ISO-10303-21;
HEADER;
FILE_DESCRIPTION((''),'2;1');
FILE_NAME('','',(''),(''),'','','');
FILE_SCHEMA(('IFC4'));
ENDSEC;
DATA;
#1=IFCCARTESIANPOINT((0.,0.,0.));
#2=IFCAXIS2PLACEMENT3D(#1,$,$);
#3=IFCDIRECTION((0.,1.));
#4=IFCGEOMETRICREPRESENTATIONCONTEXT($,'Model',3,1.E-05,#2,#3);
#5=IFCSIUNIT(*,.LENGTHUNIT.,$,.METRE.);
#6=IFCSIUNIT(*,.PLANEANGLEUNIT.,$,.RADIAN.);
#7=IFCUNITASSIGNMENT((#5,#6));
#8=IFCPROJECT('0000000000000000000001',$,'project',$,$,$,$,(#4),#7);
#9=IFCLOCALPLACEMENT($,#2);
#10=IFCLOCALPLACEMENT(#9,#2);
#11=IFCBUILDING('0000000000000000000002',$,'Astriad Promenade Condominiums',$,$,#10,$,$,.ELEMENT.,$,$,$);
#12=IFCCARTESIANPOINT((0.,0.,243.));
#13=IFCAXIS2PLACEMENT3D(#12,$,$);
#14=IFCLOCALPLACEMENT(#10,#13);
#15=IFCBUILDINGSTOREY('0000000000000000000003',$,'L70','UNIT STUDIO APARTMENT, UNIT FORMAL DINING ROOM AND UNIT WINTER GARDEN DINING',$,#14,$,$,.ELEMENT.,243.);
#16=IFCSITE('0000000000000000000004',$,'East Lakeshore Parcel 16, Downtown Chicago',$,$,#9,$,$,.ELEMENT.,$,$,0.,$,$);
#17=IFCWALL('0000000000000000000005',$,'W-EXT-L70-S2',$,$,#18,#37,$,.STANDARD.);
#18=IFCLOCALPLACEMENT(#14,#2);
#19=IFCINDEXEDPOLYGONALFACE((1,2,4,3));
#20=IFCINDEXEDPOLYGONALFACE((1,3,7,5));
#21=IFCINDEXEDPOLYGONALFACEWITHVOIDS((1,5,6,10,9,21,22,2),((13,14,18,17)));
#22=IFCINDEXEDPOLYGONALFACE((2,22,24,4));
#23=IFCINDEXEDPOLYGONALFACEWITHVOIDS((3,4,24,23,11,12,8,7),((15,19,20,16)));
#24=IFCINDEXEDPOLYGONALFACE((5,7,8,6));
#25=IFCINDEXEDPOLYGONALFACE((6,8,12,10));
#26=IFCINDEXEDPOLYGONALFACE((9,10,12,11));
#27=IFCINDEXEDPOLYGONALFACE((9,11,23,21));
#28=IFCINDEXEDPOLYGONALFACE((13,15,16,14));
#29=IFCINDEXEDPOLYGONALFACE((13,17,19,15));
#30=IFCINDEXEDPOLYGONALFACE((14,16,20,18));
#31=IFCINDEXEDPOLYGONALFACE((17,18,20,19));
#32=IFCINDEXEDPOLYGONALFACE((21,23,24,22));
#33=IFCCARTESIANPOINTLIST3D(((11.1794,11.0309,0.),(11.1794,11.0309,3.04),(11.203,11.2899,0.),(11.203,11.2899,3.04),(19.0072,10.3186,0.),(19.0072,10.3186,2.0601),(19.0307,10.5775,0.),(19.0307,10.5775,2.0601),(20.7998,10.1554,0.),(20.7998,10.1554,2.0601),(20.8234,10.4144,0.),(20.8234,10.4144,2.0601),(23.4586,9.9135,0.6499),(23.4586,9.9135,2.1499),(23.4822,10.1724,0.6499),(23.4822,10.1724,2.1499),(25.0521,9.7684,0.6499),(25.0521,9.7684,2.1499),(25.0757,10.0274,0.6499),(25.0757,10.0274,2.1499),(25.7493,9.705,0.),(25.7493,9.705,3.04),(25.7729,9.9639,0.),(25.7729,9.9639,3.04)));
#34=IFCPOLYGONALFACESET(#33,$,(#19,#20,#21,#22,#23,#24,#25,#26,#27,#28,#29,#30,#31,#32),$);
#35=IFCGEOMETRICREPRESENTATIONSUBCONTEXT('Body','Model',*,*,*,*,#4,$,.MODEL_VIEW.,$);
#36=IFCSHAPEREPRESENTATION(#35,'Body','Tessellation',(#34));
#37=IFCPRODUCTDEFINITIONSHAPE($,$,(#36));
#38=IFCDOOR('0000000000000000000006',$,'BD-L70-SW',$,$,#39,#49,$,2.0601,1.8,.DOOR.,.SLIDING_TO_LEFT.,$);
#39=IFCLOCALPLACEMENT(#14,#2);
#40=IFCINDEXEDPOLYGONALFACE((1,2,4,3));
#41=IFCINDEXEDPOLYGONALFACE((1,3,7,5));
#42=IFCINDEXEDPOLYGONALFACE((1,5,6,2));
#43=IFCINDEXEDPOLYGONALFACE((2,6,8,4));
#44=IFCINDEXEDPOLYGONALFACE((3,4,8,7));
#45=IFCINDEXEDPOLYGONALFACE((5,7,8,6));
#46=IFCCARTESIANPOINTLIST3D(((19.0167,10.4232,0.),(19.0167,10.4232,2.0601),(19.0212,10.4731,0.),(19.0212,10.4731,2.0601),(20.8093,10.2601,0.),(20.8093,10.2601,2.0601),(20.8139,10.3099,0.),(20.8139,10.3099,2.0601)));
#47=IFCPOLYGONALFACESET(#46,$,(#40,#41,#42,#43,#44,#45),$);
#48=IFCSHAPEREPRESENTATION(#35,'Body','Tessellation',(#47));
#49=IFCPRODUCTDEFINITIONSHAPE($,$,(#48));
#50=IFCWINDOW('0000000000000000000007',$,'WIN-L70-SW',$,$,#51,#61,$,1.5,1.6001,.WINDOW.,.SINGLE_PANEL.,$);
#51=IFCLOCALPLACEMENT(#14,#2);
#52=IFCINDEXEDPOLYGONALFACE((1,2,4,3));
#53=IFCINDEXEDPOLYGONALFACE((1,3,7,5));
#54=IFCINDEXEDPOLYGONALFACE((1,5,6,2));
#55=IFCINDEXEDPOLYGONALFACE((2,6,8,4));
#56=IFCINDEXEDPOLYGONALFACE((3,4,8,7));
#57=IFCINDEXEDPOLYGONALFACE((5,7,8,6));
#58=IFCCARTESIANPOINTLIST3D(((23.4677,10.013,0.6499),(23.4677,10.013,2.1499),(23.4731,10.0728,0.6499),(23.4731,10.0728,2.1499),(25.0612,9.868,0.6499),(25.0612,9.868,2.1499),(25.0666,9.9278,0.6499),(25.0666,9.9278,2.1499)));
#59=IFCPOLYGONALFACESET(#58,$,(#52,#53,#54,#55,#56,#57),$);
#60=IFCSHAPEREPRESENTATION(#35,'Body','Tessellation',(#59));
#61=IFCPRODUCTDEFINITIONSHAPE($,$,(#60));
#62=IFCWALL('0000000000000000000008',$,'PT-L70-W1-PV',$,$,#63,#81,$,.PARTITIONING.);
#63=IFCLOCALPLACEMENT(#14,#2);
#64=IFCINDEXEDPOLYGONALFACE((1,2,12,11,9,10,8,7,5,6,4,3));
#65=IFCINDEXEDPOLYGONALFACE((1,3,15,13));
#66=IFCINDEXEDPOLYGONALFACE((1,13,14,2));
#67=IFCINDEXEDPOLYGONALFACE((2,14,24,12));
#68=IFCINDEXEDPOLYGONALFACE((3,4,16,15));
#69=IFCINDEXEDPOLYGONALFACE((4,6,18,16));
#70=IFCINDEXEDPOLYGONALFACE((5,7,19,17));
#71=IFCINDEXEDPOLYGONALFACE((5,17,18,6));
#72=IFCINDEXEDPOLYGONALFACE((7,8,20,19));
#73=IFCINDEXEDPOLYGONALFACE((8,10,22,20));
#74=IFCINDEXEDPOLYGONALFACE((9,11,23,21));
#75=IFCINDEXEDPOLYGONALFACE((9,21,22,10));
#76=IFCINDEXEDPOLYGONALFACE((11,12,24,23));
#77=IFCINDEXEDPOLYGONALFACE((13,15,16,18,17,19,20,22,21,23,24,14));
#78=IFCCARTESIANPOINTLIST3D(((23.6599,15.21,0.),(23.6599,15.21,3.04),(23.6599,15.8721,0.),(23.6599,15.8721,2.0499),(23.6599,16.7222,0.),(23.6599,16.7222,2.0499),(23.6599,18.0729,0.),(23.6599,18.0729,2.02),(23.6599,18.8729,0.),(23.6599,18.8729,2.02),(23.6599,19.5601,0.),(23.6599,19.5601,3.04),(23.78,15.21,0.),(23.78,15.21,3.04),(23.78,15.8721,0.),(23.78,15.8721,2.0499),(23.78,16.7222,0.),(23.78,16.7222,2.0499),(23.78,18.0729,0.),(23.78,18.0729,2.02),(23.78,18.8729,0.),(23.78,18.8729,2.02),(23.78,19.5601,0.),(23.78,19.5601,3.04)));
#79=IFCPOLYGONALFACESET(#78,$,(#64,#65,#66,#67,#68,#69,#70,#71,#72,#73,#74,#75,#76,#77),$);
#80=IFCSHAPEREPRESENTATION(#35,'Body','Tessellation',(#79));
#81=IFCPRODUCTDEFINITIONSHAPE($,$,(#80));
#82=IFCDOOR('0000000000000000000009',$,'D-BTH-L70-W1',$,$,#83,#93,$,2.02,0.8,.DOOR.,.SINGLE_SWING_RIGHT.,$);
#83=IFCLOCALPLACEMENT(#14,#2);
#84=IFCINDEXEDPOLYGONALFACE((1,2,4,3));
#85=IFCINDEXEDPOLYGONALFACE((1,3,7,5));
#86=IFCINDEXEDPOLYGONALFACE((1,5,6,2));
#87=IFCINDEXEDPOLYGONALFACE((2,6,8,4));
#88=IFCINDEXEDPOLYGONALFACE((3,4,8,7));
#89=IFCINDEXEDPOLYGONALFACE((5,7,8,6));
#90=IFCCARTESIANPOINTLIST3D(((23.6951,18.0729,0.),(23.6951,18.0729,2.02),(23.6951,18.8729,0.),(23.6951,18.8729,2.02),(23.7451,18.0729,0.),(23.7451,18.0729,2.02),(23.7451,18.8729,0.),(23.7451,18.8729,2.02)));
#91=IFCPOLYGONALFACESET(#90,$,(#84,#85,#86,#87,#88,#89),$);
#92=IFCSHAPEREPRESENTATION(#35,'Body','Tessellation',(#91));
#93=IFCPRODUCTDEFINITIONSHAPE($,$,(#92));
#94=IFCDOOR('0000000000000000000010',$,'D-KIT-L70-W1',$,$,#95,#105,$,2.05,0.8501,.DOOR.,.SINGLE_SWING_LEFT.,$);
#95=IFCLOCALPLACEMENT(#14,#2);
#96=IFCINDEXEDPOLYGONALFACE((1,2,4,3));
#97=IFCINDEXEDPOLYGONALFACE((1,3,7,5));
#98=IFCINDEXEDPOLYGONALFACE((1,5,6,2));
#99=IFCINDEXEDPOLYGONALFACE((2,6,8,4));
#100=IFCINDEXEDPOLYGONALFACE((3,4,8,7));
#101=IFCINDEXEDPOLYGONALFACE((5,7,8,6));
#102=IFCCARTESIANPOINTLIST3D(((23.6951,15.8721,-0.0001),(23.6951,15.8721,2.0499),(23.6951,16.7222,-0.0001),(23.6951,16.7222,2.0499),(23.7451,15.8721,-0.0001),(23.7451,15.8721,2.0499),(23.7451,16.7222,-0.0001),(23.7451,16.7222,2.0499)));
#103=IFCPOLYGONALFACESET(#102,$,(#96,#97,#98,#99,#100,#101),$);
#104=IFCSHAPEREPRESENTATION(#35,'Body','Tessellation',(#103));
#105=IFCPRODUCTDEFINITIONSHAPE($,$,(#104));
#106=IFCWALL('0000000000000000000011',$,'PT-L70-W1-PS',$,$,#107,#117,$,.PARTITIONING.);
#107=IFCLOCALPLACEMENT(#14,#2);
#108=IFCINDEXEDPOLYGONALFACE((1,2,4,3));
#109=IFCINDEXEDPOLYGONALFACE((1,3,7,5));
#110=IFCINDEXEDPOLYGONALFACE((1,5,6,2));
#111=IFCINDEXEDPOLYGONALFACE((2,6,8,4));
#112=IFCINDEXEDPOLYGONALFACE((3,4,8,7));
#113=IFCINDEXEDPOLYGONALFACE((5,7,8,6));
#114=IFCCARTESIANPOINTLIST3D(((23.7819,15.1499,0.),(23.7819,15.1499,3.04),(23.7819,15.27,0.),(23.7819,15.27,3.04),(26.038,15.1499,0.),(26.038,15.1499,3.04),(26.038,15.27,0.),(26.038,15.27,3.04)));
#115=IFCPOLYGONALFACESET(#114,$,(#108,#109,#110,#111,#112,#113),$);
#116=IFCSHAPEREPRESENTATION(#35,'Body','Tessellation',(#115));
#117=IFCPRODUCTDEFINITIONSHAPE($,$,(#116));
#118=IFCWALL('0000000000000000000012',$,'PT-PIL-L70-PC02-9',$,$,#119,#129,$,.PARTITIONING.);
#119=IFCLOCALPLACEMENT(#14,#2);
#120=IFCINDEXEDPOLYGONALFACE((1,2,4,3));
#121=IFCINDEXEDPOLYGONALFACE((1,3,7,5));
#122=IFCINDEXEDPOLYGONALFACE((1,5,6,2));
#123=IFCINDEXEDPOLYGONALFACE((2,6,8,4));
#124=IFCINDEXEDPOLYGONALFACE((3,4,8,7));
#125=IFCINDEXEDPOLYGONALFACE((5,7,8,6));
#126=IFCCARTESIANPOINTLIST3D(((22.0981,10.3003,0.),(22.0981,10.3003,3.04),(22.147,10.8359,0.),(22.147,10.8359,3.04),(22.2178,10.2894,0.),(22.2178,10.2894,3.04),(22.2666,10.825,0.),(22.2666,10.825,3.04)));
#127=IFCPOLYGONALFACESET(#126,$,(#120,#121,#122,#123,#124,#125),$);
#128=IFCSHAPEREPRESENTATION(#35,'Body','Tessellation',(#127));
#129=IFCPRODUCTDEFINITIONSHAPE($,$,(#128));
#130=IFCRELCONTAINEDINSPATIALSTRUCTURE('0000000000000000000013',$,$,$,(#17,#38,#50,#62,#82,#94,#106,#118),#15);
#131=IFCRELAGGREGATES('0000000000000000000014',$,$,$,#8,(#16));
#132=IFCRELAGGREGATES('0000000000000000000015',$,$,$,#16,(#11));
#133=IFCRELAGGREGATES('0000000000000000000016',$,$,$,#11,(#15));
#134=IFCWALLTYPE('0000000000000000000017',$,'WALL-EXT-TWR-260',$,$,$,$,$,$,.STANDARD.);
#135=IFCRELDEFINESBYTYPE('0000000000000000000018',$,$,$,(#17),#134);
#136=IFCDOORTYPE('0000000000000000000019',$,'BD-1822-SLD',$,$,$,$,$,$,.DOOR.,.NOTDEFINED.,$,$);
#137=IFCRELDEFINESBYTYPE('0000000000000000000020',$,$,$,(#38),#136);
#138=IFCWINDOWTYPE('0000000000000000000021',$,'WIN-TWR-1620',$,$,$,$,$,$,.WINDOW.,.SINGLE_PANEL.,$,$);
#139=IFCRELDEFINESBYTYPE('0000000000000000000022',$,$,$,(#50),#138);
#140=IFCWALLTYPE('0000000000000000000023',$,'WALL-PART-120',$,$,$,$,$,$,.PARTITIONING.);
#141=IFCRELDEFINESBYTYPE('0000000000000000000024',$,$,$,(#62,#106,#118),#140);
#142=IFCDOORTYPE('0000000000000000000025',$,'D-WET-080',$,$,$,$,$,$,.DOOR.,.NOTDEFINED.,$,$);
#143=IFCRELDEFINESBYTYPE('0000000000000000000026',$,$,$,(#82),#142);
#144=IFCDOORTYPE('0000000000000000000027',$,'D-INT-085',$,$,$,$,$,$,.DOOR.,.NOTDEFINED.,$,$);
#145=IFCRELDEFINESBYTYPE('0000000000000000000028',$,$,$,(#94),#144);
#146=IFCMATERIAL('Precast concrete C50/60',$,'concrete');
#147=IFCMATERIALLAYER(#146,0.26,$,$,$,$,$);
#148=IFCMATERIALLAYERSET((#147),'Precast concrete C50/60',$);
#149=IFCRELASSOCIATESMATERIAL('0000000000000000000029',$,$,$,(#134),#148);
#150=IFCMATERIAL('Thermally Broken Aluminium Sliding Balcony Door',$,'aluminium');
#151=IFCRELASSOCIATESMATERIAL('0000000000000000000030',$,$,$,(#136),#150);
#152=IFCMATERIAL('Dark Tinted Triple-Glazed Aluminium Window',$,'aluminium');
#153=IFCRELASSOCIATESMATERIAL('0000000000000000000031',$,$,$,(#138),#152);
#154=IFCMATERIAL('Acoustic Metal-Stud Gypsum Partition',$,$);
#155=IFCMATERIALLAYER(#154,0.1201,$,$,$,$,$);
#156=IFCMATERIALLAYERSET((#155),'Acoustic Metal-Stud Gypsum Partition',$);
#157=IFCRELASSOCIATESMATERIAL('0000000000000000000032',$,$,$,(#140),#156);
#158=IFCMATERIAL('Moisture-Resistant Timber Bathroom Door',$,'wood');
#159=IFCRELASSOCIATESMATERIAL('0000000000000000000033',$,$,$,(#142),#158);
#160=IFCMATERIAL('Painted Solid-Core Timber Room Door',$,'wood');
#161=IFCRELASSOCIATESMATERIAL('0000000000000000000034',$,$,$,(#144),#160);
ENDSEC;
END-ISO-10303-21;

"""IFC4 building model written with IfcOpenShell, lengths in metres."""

from ifc_helpers import new_model, si_unit, direction, frame, frame_2d, origin, place, context, subcontext, project, spatial, rectangle, extrude, source, transform, mapped, material, layer, layer_set, type_object, type_shapes, element, fill, save


model = new_model("IFC4")

# Units and contexts
model_context = context("Model", 3, precision=1e-05, world=origin(), true_north=direction((0.0, 1.0)))
body_context = subcontext(model_context, "Body", "Model", "MODEL_VIEW")
ifc_project = project(units=[si_unit("LENGTHUNIT", "METRE"), si_unit("PLANEANGLEUNIT", "RADIAN")], contexts=[model_context])

# Site, building, storey
site_placement = place(None, origin())
site = spatial("IfcSite", under=ifc_project, at=site_placement, Name="East Lakeshore Parcel 16, Downtown Chicago", CompositionType="ELEMENT", RefElevation=0.0)
building_placement = place(site_placement, origin())
building = spatial("IfcBuilding", under=site, at=building_placement, Name="Astriad Promenade Condominiums", CompositionType="ELEMENT")
storey_placement = place(building_placement, frame((0.0, 0.0, 243.0)))
storey = spatial("IfcBuildingStorey", under=building, at=storey_placement, Name="L70", Description="UNIT STUDIO APARTMENT, UNIT FORMAL DINING ROOM AND UNIT WINTER GARDEN DINING", CompositionType="ELEMENT", Elevation=243.0)

# Wall, openings, door, window
ifc_material_1 = material(Name="Precast concrete C50/60", Category="concrete")
ifc_layer_1 = layer(ifc_material_1, 0.26)
ifc_layer_set_1 = layer_set([ifc_layer_1], Name="Precast concrete C50/60")
wall_type_1 = type_object("IfcWallType", Name="WALL-EXT-TWR-260", PredefinedType="STANDARD", material=ifc_layer_set_1)
wall_1_placement = place(storey_placement, frame((25.761, 9.8345, 0.0), z_axis=(0.0, 0.0, 1.0), x_axis=(-0.995885, 0.090631, 0.0)))
wall_1 = element("IfcWall", 1, at=wall_1_placement, inside=storey, type_object=wall_type_1, Name="W-EXT-L70-S2", PredefinedType="STANDARD", context=body_context, shape_type="SweptSolid", body=[
    extrude(rectangle(XDim=14.6301, YDim=0.26, at=frame_2d((7.3149, 0.0))), origin(), (0.0, 0.0, 1.0), 3.04),
])
opening_1_placement = place(wall_1_placement, frame((4.97, 0.0, 0.0)))
opening_1 = element("IfcOpeningElement", 2, at=opening_1_placement, cuts=wall_1, PredefinedType="OPENING", context=body_context, shape_type="SweptSolid", body=[
    extrude(rectangle(XDim=1.8, YDim=2.0601, at=frame_2d((0.8999, 1.03))), frame((0.0, 0.1399, 0.0), z_axis=(0.0, -1.0, 0.0), x_axis=(1.0, 0.0, 0.0)), (0.0, 0.0, 1.0), 0.28),
])
opening_2_placement = place(wall_1_placement, frame((0.7, 0.0, 0.6499)))
opening_2 = element("IfcOpeningElement", 3, at=opening_2_placement, cuts=wall_1, PredefinedType="OPENING", context=body_context, shape_type="SweptSolid", body=[
    extrude(rectangle(XDim=1.6001, YDim=1.5, at=frame_2d((0.8, 0.75))), frame((0.0, 0.1399, 0.0), z_axis=(0.0, -1.0, 0.0), x_axis=(1.0, 0.0, 0.0)), (0.0, 0.0, 1.0), 0.28),
])
ifc_material_2 = material(Name="Thermally Broken Aluminium Sliding Balcony Door", Category="aluminium")
door_type_1 = type_object("IfcDoorType", Name="BD-1822-SLD", OperationType="NOTDEFINED", PredefinedType="DOOR", material=ifc_material_2)
shared_shape_1 = source(origin(), body_context, "Body", "SweptSolid", [
    extrude(rectangle(XDim=1.8, YDim=2.0601, at=frame_2d((0.8999, 1.03))), frame((0.0, 0.0249, 0.0), z_axis=(0.0, -1.0, 0.0), x_axis=(1.0, 0.0, 0.0)), (0.0, 0.0, 1.0), 0.05),
])
type_shapes(door_type_1, [shared_shape_1])
door_1_placement = place(opening_1_placement, origin())
door_1 = element("IfcDoor", 4, at=door_1_placement, inside=storey, type_object=door_type_1, Name="BD-L70-SW", OperationType="SLIDING_TO_LEFT", OverallHeight=2.0601, OverallWidth=1.8, PredefinedType="DOOR", context=body_context, shape_type="MappedRepresentation", body=[
    mapped(shared_shape_1, transform((0.0, 0.0, 0.0), scale=1.0)),
])
fill(opening_1, door_1)
ifc_material_3 = material(Name="Dark Tinted Triple-Glazed Aluminium Window", Category="aluminium")
window_type = type_object("IfcWindowType", Name="WIN-TWR-1620", PartitioningType="SINGLE_PANEL", PredefinedType="WINDOW", material=ifc_material_3)
shared_shape_2 = source(origin(), body_context, "Body", "SweptSolid", [
    extrude(rectangle(XDim=1.6001, YDim=1.5, at=frame_2d((0.8, 0.75))), frame((0.0, 0.03, 0.0), z_axis=(0.0, -1.0, 0.0), x_axis=(1.0, 0.0, 0.0)), (0.0, 0.0, 1.0), 0.0601),
])
type_shapes(window_type, [shared_shape_2])
window_placement = place(opening_2_placement, origin())
window = element("IfcWindow", 5, at=window_placement, inside=storey, type_object=window_type, Name="WIN-L70-SW", OverallHeight=1.5, OverallWidth=1.6001, PartitioningType="SINGLE_PANEL", PredefinedType="WINDOW", context=body_context, shape_type="MappedRepresentation", body=[
    mapped(shared_shape_2, transform((0.0, 0.0, 0.0), scale=1.0)),
])
fill(opening_2, window)

# Wall, openings, doors
ifc_material_4 = material(Name="Acoustic Metal-Stud Gypsum Partition")
ifc_layer_2 = layer(ifc_material_4, 0.1201)
ifc_layer_set_2 = layer_set([ifc_layer_2], Name="Acoustic Metal-Stud Gypsum Partition")
wall_type_2 = type_object("IfcWallType", Name="WALL-PART-120", PredefinedType="PARTITIONING", material=ifc_layer_set_2)
wall_2_placement = place(storey_placement, frame((23.72, 15.21, 0.0), z_axis=(0.0, 0.0, 1.0), x_axis=(0.0, 1.0, 0.0)))
wall_2 = element("IfcWall", 6, at=wall_2_placement, inside=storey, type_object=wall_type_2, Name="PT-L70-W1-PV", PredefinedType="PARTITIONING", context=body_context, shape_type="SweptSolid", body=[
    extrude(rectangle(XDim=4.3501, YDim=0.1201, at=frame_2d((2.175, 0.0))), origin(), (0.0, 0.0, 1.0), 3.04),
])
opening_3_placement = place(wall_2_placement, frame((0.6621, 0.0, 0.0)))
opening_3 = element("IfcOpeningElement", 7, at=opening_3_placement, cuts=wall_2, PredefinedType="OPENING", context=body_context, shape_type="SweptSolid", body=[
    extrude(rectangle(XDim=0.8501, YDim=2.05, at=frame_2d((0.425, 1.0249))), frame((0.0, 0.0701, 0.0), z_axis=(0.0, -1.0, 0.0), x_axis=(1.0, 0.0, 0.0)), (0.0, 0.0, 1.0), 0.1401),
])
opening_4_placement = place(wall_2_placement, frame((2.863, 0.0, 0.0)))
opening_4 = element("IfcOpeningElement", 8, at=opening_4_placement, cuts=wall_2, PredefinedType="OPENING", context=body_context, shape_type="SweptSolid", body=[
    extrude(rectangle(XDim=0.8, YDim=2.02, at=frame_2d((0.3999, 1.01))), frame((0.0, 0.0701, 0.0), z_axis=(0.0, -1.0, 0.0), x_axis=(1.0, 0.0, 0.0)), (0.0, 0.0, 1.0), 0.1401),
])
ifc_material_5 = material(Name="Moisture-Resistant Timber Bathroom Door", Category="wood")
door_type_2 = type_object("IfcDoorType", Name="D-WET-080", OperationType="NOTDEFINED", PredefinedType="DOOR", material=ifc_material_5)
shared_shape_3 = source(origin(), body_context, "Body", "SweptSolid", [
    extrude(rectangle(XDim=0.8, YDim=2.02, at=frame_2d((0.3999, 1.01))), frame((0.0, 0.0249, 0.0), z_axis=(0.0, -1.0, 0.0), x_axis=(1.0, 0.0, 0.0)), (0.0, 0.0, 1.0), 0.05),
])
type_shapes(door_type_2, [shared_shape_3])
door_2_placement = place(opening_4_placement, origin())
door_2 = element("IfcDoor", 9, at=door_2_placement, inside=storey, type_object=door_type_2, Name="D-BTH-L70-W1", OperationType="SINGLE_SWING_RIGHT", OverallHeight=2.02, OverallWidth=0.8, PredefinedType="DOOR", context=body_context, shape_type="MappedRepresentation", body=[
    mapped(shared_shape_3, transform((0.0, 0.0, 0.0), scale=1.0)),
])
fill(opening_4, door_2)
ifc_material_6 = material(Name="Painted Solid-Core Timber Room Door", Category="wood")
door_type_3 = type_object("IfcDoorType", Name="D-INT-085", OperationType="NOTDEFINED", PredefinedType="DOOR", material=ifc_material_6)
shared_shape_4 = source(origin(), body_context, "Body", "SweptSolid", [
    extrude(rectangle(XDim=0.8501, YDim=2.05, at=frame_2d((0.425, 1.0249))), frame((0.0, 0.0249, 0.0), z_axis=(0.0, -1.0, 0.0), x_axis=(1.0, 0.0, 0.0)), (0.0, 0.0, 1.0), 0.05),
])
type_shapes(door_type_3, [shared_shape_4])
door_3_placement = place(opening_3_placement, origin())
door_3 = element("IfcDoor", 10, at=door_3_placement, inside=storey, type_object=door_type_3, Name="D-KIT-L70-W1", OperationType="SINGLE_SWING_LEFT", OverallHeight=2.05, OverallWidth=0.8501, PredefinedType="DOOR", context=body_context, shape_type="MappedRepresentation", body=[
    mapped(shared_shape_4, transform((0.0, 0.0, 0.0), scale=1.0)),
])
fill(opening_3, door_3)

# Walls
wall_3_placement = place(storey_placement, frame((23.782, 15.21, 0.0), z_axis=(0.0, 0.0, 1.0), x_axis=(1.0, 0.0, 0.0)))
element("IfcWall", 11, at=wall_3_placement, inside=storey, type_object=wall_type_2, Name="PT-L70-W1-PS", PredefinedType="PARTITIONING", context=body_context, shape_type="SweptSolid", body=[
    extrude(rectangle(XDim=2.2561, YDim=0.1201, at=frame_2d((1.1279, 0.0))), origin(), (0.0, 0.0, 1.0), 3.04),
])
wall_4_placement = place(storey_placement, frame((22.2068, 10.8306, 0.0), z_axis=(0.0, 0.0, 1.0), x_axis=(-0.090781, -0.995871, 0.0)))
element("IfcWall", 12, at=wall_4_placement, inside=storey, type_object=wall_type_2, Name="PT-PIL-L70-PC02-9", PredefinedType="PARTITIONING", context=body_context, shape_type="SweptSolid", body=[
    extrude(rectangle(XDim=0.5378, YDim=0.1201, at=frame_2d((0.269, 0.0))), origin(), (0.0, 0.0, 1.0), 3.04),
])

save(model, "model.ifc")
